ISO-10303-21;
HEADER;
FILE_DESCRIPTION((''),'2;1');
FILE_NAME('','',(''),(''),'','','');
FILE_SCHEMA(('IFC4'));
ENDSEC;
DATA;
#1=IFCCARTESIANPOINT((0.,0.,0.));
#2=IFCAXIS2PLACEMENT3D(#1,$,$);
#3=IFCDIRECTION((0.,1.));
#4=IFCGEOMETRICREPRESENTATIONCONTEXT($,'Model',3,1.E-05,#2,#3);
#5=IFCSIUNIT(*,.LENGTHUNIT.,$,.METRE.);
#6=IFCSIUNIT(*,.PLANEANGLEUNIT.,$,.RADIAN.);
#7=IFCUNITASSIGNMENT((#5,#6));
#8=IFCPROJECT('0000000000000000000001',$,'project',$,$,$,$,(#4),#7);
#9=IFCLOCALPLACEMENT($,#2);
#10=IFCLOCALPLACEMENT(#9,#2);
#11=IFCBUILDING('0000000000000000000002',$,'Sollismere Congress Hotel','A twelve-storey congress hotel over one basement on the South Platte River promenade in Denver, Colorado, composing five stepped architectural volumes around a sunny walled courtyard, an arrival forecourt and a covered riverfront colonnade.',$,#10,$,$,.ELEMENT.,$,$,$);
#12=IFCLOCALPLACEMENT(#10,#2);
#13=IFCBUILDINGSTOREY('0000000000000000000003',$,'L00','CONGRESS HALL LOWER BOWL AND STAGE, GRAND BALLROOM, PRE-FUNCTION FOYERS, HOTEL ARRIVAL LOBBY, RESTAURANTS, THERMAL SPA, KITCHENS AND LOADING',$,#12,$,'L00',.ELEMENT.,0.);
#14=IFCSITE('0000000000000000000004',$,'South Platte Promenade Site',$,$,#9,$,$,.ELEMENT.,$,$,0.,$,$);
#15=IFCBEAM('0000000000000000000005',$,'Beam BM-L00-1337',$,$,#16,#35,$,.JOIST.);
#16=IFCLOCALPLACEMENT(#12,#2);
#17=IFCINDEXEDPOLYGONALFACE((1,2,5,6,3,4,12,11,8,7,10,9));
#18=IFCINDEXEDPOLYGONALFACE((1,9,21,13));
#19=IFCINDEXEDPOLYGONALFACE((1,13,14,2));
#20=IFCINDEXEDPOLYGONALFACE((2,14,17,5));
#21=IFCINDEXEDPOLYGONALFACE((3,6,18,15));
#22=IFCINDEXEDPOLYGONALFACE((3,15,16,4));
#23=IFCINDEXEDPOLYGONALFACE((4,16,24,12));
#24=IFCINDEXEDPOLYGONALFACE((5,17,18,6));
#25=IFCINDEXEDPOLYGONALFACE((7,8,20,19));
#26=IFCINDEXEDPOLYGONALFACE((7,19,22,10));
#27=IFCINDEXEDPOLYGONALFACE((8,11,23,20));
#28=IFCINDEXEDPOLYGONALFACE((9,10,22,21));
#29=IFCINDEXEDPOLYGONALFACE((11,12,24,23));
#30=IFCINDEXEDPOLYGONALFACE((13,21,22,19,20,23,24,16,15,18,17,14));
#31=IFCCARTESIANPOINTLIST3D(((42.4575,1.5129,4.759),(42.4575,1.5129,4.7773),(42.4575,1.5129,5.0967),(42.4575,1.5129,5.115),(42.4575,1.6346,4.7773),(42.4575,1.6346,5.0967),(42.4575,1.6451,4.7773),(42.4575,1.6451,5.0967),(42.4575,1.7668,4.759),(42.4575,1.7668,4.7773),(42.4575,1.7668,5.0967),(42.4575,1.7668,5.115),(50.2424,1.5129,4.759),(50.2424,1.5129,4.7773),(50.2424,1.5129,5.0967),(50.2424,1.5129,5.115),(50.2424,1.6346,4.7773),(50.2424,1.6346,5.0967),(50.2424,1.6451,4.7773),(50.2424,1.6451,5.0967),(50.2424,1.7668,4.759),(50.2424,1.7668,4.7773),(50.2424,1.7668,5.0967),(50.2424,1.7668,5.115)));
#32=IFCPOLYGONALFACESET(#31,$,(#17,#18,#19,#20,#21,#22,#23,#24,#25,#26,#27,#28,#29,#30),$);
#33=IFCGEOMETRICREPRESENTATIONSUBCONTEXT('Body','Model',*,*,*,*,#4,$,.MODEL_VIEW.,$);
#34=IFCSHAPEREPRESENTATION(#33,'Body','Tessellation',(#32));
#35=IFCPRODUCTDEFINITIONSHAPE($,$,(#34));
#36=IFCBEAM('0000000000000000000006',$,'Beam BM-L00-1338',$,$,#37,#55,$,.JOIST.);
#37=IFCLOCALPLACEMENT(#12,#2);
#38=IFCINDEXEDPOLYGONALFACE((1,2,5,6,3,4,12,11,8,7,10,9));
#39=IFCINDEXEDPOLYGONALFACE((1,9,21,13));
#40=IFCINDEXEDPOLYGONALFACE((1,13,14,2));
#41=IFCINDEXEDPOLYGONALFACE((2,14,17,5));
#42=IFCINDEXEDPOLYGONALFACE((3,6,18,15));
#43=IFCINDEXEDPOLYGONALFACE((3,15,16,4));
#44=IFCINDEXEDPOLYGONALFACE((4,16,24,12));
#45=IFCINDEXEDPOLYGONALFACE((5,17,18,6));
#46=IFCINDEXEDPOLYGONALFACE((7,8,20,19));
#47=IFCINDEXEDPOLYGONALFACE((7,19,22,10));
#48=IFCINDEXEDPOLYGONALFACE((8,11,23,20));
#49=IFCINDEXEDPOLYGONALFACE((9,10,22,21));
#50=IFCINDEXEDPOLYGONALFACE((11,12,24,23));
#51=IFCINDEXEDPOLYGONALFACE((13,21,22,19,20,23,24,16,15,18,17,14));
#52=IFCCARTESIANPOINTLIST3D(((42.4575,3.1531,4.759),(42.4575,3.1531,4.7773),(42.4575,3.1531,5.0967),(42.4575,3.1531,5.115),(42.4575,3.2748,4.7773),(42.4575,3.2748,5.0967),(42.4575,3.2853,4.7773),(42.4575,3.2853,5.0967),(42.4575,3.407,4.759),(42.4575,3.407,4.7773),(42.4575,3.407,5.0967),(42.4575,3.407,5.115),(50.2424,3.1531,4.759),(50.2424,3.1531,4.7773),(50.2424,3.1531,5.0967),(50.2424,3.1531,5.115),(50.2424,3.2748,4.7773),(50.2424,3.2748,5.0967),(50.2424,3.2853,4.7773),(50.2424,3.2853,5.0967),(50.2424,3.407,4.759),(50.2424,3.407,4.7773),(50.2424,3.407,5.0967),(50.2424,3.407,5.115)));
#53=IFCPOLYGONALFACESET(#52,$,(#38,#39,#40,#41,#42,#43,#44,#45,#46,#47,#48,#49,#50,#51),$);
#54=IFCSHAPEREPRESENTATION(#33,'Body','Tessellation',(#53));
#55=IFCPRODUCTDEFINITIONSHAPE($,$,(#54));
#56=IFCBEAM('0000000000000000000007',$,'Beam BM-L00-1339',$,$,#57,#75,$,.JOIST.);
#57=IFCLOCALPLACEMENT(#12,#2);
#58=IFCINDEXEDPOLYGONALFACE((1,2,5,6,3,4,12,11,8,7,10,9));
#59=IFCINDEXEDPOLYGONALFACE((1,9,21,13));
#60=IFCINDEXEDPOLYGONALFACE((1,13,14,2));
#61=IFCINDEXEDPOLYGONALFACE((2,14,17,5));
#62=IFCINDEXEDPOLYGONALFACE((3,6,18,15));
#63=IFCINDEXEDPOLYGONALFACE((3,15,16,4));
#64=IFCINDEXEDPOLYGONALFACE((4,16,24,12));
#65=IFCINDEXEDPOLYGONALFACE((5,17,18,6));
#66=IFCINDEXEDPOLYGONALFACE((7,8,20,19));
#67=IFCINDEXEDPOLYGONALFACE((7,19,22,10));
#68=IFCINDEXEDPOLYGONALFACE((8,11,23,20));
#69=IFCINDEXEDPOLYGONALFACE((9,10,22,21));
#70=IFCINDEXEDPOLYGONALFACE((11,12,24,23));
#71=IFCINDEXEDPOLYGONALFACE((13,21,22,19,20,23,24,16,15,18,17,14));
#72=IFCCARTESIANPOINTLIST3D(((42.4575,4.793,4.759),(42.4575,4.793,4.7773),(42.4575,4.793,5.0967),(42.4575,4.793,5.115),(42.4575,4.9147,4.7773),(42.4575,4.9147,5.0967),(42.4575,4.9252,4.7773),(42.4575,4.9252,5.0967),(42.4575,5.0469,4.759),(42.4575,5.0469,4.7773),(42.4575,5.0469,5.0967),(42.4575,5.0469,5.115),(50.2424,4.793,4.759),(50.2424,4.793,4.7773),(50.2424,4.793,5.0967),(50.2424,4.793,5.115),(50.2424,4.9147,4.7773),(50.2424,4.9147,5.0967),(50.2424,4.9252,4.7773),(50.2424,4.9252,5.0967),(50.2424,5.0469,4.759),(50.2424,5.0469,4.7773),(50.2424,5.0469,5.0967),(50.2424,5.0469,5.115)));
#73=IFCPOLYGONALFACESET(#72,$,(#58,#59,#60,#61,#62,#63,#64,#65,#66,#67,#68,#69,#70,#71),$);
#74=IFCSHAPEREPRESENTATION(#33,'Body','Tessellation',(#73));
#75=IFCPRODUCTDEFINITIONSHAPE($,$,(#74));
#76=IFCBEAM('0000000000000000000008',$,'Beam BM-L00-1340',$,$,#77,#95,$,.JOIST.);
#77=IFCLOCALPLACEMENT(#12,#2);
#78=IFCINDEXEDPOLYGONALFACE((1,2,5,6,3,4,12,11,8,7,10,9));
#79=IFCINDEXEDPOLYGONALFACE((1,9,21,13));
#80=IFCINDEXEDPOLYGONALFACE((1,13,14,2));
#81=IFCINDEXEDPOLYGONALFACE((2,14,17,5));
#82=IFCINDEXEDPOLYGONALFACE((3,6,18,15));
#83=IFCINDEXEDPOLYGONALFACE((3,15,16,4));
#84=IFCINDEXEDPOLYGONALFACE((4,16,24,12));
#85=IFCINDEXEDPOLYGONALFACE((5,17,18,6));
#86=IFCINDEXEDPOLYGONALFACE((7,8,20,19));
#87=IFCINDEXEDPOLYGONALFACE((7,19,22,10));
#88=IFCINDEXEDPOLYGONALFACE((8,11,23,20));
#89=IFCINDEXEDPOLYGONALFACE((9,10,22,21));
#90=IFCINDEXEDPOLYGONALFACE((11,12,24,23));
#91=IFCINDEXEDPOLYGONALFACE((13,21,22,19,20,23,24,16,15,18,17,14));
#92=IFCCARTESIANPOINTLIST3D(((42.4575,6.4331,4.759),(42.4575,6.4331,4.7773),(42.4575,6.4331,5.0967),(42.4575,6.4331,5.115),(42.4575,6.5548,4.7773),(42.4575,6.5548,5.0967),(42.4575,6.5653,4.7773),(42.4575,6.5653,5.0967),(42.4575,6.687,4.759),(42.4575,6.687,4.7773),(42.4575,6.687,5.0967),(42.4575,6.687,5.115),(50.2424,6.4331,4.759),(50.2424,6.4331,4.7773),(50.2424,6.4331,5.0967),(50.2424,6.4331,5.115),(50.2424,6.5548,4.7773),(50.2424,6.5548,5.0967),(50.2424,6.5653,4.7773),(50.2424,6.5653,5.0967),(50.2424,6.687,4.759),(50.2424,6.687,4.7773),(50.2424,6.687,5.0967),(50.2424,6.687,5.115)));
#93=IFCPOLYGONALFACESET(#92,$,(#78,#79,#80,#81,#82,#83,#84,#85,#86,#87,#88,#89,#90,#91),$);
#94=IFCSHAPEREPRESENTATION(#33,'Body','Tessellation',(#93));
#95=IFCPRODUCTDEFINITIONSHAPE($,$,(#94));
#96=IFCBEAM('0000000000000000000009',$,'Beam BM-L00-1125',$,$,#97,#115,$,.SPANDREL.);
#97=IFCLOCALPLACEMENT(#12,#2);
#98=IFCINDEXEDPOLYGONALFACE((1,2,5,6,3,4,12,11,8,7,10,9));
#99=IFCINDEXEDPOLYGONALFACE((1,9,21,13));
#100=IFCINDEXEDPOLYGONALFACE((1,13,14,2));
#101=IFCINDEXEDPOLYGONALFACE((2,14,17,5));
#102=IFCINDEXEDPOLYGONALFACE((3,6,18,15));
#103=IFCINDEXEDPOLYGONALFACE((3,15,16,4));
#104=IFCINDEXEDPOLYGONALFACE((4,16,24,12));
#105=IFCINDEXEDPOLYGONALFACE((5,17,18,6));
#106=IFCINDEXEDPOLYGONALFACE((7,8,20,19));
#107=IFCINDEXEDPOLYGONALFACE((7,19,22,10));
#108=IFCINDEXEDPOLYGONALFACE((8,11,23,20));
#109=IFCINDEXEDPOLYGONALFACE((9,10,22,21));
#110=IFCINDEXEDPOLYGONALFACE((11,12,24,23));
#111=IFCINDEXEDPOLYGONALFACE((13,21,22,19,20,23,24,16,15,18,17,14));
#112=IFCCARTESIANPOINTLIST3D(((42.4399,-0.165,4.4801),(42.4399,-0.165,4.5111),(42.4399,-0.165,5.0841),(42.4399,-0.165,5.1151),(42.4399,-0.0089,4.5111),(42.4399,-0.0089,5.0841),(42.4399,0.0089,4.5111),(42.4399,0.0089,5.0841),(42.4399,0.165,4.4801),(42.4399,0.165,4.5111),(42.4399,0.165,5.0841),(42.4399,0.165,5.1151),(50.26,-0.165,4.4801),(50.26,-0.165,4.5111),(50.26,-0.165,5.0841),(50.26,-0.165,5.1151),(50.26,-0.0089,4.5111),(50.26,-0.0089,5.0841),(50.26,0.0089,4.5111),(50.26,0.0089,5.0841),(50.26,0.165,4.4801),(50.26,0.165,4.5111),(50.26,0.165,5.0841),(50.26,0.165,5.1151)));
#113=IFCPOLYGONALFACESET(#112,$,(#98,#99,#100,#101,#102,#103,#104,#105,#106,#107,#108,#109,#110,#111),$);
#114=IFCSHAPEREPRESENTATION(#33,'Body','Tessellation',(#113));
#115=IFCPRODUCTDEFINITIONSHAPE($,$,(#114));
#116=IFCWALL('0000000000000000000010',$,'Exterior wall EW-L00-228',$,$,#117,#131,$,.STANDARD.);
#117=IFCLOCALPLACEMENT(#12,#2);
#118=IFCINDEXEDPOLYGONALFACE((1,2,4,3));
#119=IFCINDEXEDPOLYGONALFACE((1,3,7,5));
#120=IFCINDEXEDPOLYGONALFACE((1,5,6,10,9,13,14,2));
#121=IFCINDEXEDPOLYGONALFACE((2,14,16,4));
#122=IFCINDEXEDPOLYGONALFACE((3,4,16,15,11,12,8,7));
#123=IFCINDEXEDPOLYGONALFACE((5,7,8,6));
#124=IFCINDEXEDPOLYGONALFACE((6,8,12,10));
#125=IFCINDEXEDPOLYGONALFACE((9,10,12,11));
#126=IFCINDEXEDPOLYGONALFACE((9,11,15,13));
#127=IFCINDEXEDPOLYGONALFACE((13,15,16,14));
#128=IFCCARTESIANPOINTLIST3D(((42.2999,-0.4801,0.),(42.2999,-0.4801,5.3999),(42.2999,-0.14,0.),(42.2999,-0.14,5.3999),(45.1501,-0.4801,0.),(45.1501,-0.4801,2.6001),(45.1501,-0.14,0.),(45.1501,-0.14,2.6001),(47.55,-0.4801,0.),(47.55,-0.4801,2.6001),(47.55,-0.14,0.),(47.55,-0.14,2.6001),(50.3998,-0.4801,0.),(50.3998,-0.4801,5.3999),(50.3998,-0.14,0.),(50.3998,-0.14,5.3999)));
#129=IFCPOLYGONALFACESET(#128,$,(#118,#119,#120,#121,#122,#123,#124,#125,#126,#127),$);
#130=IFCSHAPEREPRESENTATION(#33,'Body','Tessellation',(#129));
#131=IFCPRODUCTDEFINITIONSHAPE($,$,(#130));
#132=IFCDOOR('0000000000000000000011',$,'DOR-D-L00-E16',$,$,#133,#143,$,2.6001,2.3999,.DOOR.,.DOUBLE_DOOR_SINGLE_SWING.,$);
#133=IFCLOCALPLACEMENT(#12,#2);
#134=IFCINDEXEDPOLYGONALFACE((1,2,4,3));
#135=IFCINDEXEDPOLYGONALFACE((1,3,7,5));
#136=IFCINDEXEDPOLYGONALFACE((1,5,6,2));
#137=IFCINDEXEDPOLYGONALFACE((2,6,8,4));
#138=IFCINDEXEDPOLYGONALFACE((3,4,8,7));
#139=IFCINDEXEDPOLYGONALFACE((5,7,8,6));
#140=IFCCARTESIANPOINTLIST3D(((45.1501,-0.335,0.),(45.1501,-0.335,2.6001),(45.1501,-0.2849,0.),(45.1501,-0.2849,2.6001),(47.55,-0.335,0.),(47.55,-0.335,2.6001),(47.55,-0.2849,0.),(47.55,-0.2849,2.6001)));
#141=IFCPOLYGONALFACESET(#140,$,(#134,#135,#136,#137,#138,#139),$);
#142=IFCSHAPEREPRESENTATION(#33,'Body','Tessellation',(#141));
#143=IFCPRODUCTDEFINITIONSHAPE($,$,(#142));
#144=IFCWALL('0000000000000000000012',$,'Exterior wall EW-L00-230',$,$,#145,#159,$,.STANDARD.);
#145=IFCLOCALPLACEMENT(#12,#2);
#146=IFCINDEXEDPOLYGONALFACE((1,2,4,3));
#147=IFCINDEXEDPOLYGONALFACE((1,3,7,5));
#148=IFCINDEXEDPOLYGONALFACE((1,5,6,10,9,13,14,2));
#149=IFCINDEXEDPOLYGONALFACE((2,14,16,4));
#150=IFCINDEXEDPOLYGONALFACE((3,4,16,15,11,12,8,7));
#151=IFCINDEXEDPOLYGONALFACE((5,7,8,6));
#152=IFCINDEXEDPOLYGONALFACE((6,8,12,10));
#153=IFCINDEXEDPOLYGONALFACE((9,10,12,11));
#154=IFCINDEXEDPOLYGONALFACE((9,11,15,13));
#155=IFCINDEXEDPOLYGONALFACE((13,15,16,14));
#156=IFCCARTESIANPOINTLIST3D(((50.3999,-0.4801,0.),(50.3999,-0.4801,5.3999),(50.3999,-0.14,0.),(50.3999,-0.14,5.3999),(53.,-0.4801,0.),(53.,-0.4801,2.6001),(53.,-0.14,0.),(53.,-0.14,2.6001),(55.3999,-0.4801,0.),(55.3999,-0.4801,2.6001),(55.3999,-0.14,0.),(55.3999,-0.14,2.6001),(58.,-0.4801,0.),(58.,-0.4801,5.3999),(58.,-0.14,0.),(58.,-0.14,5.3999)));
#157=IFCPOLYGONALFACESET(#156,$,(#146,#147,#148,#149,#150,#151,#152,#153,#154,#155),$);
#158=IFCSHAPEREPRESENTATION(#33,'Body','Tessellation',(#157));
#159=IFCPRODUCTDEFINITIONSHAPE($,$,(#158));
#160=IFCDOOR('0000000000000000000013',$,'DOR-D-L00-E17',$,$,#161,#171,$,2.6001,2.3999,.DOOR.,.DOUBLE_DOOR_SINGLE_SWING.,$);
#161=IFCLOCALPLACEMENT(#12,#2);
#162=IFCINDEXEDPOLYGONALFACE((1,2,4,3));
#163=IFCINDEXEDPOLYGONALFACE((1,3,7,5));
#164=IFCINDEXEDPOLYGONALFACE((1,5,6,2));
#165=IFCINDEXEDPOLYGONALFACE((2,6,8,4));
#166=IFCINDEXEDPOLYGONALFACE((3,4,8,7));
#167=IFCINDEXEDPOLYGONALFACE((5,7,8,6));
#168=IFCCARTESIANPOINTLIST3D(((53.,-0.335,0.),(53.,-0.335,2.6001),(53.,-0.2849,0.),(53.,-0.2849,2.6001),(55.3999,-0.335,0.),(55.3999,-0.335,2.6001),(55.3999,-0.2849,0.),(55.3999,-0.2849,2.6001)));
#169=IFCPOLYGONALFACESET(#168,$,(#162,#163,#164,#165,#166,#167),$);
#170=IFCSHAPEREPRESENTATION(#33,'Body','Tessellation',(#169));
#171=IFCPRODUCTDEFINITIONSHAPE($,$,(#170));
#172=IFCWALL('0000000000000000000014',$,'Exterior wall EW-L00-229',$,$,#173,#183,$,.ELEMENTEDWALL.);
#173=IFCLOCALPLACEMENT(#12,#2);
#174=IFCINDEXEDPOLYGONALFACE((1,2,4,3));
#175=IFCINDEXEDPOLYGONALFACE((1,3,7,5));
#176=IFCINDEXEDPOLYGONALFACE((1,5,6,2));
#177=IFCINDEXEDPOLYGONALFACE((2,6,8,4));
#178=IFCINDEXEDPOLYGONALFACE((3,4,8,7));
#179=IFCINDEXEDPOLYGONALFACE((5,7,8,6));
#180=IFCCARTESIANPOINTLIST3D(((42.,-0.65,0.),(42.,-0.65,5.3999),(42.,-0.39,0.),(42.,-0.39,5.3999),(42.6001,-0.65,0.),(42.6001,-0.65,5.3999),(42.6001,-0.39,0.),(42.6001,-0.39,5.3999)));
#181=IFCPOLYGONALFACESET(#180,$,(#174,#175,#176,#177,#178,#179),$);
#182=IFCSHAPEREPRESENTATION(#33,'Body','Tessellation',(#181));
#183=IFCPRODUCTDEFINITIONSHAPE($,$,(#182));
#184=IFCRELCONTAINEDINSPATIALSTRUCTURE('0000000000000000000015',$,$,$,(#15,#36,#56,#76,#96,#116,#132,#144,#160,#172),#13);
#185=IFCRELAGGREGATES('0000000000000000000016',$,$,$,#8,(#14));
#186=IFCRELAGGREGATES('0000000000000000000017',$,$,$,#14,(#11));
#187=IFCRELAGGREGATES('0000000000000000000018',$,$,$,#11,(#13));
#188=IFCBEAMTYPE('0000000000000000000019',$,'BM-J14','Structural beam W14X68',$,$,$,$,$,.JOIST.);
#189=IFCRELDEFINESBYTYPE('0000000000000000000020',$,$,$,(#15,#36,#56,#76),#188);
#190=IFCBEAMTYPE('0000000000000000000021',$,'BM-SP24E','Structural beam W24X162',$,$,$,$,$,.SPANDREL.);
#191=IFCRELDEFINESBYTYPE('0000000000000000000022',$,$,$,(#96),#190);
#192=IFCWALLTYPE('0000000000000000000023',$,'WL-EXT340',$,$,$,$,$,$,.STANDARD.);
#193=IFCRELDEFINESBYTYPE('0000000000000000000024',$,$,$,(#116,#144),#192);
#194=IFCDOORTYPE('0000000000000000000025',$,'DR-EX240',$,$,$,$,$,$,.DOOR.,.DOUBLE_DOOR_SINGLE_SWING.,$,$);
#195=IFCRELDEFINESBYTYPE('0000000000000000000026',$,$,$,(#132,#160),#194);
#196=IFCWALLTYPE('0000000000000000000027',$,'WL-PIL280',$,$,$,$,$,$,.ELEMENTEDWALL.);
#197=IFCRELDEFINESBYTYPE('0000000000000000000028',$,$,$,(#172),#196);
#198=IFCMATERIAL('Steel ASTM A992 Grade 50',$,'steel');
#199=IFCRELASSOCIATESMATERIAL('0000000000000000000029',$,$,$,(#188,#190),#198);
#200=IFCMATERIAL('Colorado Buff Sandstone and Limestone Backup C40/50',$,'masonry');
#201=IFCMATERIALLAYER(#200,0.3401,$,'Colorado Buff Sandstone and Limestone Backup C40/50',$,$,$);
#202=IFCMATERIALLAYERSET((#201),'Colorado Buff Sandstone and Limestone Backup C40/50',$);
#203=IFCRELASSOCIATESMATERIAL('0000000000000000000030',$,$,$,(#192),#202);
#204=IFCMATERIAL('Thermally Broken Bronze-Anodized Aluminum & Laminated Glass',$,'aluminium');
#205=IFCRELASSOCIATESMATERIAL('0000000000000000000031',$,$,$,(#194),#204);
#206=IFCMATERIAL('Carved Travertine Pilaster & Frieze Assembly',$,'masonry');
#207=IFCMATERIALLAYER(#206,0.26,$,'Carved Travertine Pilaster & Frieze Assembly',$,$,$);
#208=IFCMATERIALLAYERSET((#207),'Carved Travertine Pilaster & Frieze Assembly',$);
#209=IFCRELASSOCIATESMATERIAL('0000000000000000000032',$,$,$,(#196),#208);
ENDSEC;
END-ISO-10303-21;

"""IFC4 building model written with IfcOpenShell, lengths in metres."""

from ifc_helpers import new_model, si_unit, direction, frame, frame_2d, origin, origin_2d, place, context, subcontext, project, spatial, rectangle, i_section, extrude, material, layer, layer_set, material_profile, profile_set, type_object, element, fill, save


model = new_model("IFC4")

# Units and contexts
model_context = context("Model", 3, precision=1e-05, world=origin(), true_north=direction((0.0, 1.0)))
body_context = subcontext(model_context, "Body", "Model", "MODEL_VIEW")
ifc_project = project(units=[si_unit("LENGTHUNIT", "METRE"), si_unit("PLANEANGLEUNIT", "RADIAN")], contexts=[model_context])

# Site, building, storey
site_placement = place(None, origin())
site = spatial("IfcSite", under=ifc_project, at=site_placement, Name="South Platte Promenade Site", CompositionType="ELEMENT", RefElevation=0.0)
building_placement = place(site_placement, origin())
building = spatial("IfcBuilding", under=site, at=building_placement, Name="Sollismere Congress Hotel", Description="A twelve-storey congress hotel over one basement on the South Platte River promenade in Denver, Colorado, composing five stepped architectural volumes around a sunny walled courtyard, an arrival forecourt and a covered riverfront colonnade.", CompositionType="ELEMENT")
storey_placement = place(building_placement, origin())
storey = spatial("IfcBuildingStorey", under=building, at=storey_placement, Name="L00", Description="CONGRESS HALL LOWER BOWL AND STAGE, GRAND BALLROOM, PRE-FUNCTION FOYERS, HOTEL ARRIVAL LOBBY, RESTAURANTS, THERMAL SPA, KITCHENS AND LOADING", LongName="L00", CompositionType="ELEMENT", Elevation=0.0)

# Shared definitions
ifc_material_1 = material(Name="Steel ASTM A992 Grade 50", Category="steel")

# Beams
ifc_material_profile_1 = material_profile(ifc_material_1, i_section(OverallWidth=0.2539, OverallDepth=0.356, WebThickness=0.0105, FlangeThickness=0.0183, at=origin_2d()), Name="W14X68")
ifc_profile_set_1 = profile_set([ifc_material_profile_1], Name="Steel ASTM A992 Grade 50")
beam_type_1 = type_object("IfcBeamType", Name="BM-J14", Description="Structural beam W14X68", PredefinedType="JOIST", material=ifc_profile_set_1)
for number, where, z_axis, x_axis, name in (
    (1, (42.4575, 1.6399, 4.937), (1.0, 0.0, 0.0), (0.0, 1.0, 0.0), "Beam BM-L00-1337"),
    (2, (42.4575, 3.28, 4.937), (1.0, 0.0, 0.0), (0.0, 1.0, 0.0), "Beam BM-L00-1338"),
    (3, (42.4575, 4.9199, 4.937), (1.0, 0.0, 0.0), (0.0, 1.0, 0.0), "Beam BM-L00-1339"),
    (4, (42.4575, 6.5601, 4.937), (1.0, 0.0, 0.0), (0.0, 1.0, 0.0), "Beam BM-L00-1340"),
):
    element("IfcBeam", number, at=place(storey_placement, frame(where, z_axis=z_axis, x_axis=x_axis)), inside=storey, type_object=beam_type_1, Name=name, PredefinedType="JOIST", context=body_context, shape_type="SweptSolid", body=[
        extrude(i_section(OverallWidth=0.2539, OverallDepth=0.356, WebThickness=0.0105, FlangeThickness=0.0183, at=origin_2d()), origin(), (0.0, 0.0, 1.0), 7.7849),
    ])
ifc_material_profile_2 = material_profile(ifc_material_1, i_section(OverallWidth=0.3301, OverallDepth=0.635, WebThickness=0.0178, FlangeThickness=0.031, at=origin_2d()), Name="W24X162")
ifc_profile_set_2 = profile_set([ifc_material_profile_2], Name="Steel ASTM A992 Grade 50")
beam_type_2 = type_object("IfcBeamType", Name="BM-SP24E", Description="Structural beam W24X162", PredefinedType="SPANDREL", material=ifc_profile_set_2)
beam_1_placement = place(storey_placement, frame((42.4399, 0.0, 4.7976), z_axis=(1.0, 0.0, 0.0), x_axis=(0.0, 1.0, 0.0)))
element("IfcBeam", 5, at=beam_1_placement, inside=storey, type_object=beam_type_2, Name="Beam BM-L00-1125", PredefinedType="SPANDREL", context=body_context, shape_type="SweptSolid", body=[
    extrude(i_section(OverallWidth=0.3301, OverallDepth=0.635, WebThickness=0.0178, FlangeThickness=0.031, at=origin_2d()), origin(), (0.0, 0.0, 1.0), 7.8201),
])

# Walls, openings, doors
ifc_material_2 = material(Name="Thermally Broken Bronze-Anodized Aluminum & Laminated Glass", Category="aluminium")
ifc_material_3 = material(Name="Colorado Buff Sandstone and Limestone Backup C40/50", Category="masonry")
ifc_layer_1 = layer(ifc_material_3, 0.3401, Name="Colorado Buff Sandstone and Limestone Backup C40/50")
ifc_layer_set_1 = layer_set([ifc_layer_1], Name="Colorado Buff Sandstone and Limestone Backup C40/50")
wall_type_1 = type_object("IfcWallType", Name="WL-EXT340", PredefinedType="STANDARD", material=ifc_layer_set_1)
wall_1_placement = place(storey_placement, frame((42.3, -0.3101, 0.0), z_axis=(0.0, 0.0, 1.0), x_axis=(1.0, 0.0, 0.0)))
wall_1 = element("IfcWall", 6, at=wall_1_placement, inside=storey, type_object=wall_type_1, Name="Exterior wall EW-L00-228", PredefinedType="STANDARD", context=body_context, shape_type="SweptSolid", body=[
    extrude(rectangle(XDim=8.0999, YDim=0.3401, at=frame_2d((4.0498, 0.0))), origin(), (0.0, 0.0, 1.0), 5.3999),
])
opening_1_placement = place(wall_1_placement, frame((2.8501, 0.0, 0.0)))
opening_1 = element("IfcOpeningElement", 7, at=opening_1_placement, cuts=wall_1, PredefinedType="OPENING", context=body_context, shape_type="SweptSolid", body=[
    extrude(rectangle(XDim=2.3999, YDim=2.6001, at=frame_2d((1.2, 1.3))), frame((0.0, 0.1799, 0.0), z_axis=(0.0, -1.0, 0.0), x_axis=(1.0, 0.0, 0.0)), (0.0, 0.0, 1.0), 0.3601),
])
door_type_1 = type_object("IfcDoorType", Name="DR-EX240", OperationType="DOUBLE_DOOR_SINGLE_SWING", PredefinedType="DOOR", material=ifc_material_2)
door_1_placement = place(opening_1_placement, frame((2.3999, 0.0, 0.0), z_axis=(0.0, 0.0, 1.0), x_axis=(-1.0, 0.0, 0.0)))
door_1 = element("IfcDoor", 8, at=door_1_placement, inside=storey, type_object=door_type_1, Name="DOR-D-L00-E16", OperationType="DOUBLE_DOOR_SINGLE_SWING", OverallHeight=2.6001, OverallWidth=2.3999, PredefinedType="DOOR", context=body_context, shape_type="SweptSolid", body=[
    extrude(rectangle(XDim=2.3999, YDim=2.6001, at=frame_2d((1.2, 1.3))), frame((0.0, 0.0249, 0.0), z_axis=(0.0, -1.0, 0.0), x_axis=(1.0, 0.0, 0.0)), (0.0, 0.0, 1.0), 0.05),
])
fill(opening_1, door_1)
wall_2_placement = place(storey_placement, frame((50.3999, -0.3101, 0.0), z_axis=(0.0, 0.0, 1.0), x_axis=(1.0, 0.0, 0.0)))
wall_2 = element("IfcWall", 9, at=wall_2_placement, inside=storey, type_object=wall_type_1, Name="Exterior wall EW-L00-230", PredefinedType="STANDARD", context=body_context, shape_type="SweptSolid", body=[
    extrude(rectangle(XDim=7.6001, YDim=0.3401, at=frame_2d((3.8, 0.0))), origin(), (0.0, 0.0, 1.0), 5.3999),
])
opening_2_placement = place(wall_2_placement, frame((2.6001, 0.0, 0.0)))
opening_2 = element("IfcOpeningElement", 10, at=opening_2_placement, cuts=wall_2, PredefinedType="OPENING", context=body_context, shape_type="SweptSolid", body=[
    extrude(rectangle(XDim=2.3999, YDim=2.6001, at=frame_2d((1.2, 1.3))), frame((0.0, 0.1799, 0.0), z_axis=(0.0, -1.0, 0.0), x_axis=(1.0, 0.0, 0.0)), (0.0, 0.0, 1.0), 0.3601),
])
door_2_placement = place(opening_2_placement, frame((2.3999, 0.0, 0.0), z_axis=(0.0, 0.0, 1.0), x_axis=(-1.0, 0.0, 0.0)))
door_2 = element("IfcDoor", 11, at=door_2_placement, inside=storey, type_object=door_type_1, Name="DOR-D-L00-E17", OperationType="DOUBLE_DOOR_SINGLE_SWING", OverallHeight=2.6001, OverallWidth=2.3999, PredefinedType="DOOR", context=body_context, shape_type="SweptSolid", body=[
    extrude(rectangle(XDim=2.3999, YDim=2.6001, at=frame_2d((1.2, 1.3))), frame((0.0, 0.0249, 0.0), z_axis=(0.0, -1.0, 0.0), x_axis=(1.0, 0.0, 0.0)), (0.0, 0.0, 1.0), 0.05),
])
fill(opening_2, door_2)

# Wall
ifc_material_4 = material(Name="Carved Travertine Pilaster & Frieze Assembly", Category="masonry")
ifc_layer_2 = layer(ifc_material_4, 0.26, Name="Carved Travertine Pilaster & Frieze Assembly")
ifc_layer_set_2 = layer_set([ifc_layer_2], Name="Carved Travertine Pilaster & Frieze Assembly")
wall_type_2 = type_object("IfcWallType", Name="WL-PIL280", PredefinedType="ELEMENTEDWALL", material=ifc_layer_set_2)
wall_3_placement = place(storey_placement, frame((42.0, -0.52, 0.0), z_axis=(0.0, 0.0, 1.0), x_axis=(1.0, 0.0, 0.0)))
element("IfcWall", 12, at=wall_3_placement, inside=storey, type_object=wall_type_2, Name="Exterior wall EW-L00-229", PredefinedType="ELEMENTEDWALL", context=body_context, shape_type="SweptSolid", body=[
    extrude(rectangle(XDim=0.6001, YDim=0.26, at=frame_2d((0.3, 0.0))), origin(), (0.0, 0.0, 1.0), 5.3999),
])

save(model, "model.ifc")
